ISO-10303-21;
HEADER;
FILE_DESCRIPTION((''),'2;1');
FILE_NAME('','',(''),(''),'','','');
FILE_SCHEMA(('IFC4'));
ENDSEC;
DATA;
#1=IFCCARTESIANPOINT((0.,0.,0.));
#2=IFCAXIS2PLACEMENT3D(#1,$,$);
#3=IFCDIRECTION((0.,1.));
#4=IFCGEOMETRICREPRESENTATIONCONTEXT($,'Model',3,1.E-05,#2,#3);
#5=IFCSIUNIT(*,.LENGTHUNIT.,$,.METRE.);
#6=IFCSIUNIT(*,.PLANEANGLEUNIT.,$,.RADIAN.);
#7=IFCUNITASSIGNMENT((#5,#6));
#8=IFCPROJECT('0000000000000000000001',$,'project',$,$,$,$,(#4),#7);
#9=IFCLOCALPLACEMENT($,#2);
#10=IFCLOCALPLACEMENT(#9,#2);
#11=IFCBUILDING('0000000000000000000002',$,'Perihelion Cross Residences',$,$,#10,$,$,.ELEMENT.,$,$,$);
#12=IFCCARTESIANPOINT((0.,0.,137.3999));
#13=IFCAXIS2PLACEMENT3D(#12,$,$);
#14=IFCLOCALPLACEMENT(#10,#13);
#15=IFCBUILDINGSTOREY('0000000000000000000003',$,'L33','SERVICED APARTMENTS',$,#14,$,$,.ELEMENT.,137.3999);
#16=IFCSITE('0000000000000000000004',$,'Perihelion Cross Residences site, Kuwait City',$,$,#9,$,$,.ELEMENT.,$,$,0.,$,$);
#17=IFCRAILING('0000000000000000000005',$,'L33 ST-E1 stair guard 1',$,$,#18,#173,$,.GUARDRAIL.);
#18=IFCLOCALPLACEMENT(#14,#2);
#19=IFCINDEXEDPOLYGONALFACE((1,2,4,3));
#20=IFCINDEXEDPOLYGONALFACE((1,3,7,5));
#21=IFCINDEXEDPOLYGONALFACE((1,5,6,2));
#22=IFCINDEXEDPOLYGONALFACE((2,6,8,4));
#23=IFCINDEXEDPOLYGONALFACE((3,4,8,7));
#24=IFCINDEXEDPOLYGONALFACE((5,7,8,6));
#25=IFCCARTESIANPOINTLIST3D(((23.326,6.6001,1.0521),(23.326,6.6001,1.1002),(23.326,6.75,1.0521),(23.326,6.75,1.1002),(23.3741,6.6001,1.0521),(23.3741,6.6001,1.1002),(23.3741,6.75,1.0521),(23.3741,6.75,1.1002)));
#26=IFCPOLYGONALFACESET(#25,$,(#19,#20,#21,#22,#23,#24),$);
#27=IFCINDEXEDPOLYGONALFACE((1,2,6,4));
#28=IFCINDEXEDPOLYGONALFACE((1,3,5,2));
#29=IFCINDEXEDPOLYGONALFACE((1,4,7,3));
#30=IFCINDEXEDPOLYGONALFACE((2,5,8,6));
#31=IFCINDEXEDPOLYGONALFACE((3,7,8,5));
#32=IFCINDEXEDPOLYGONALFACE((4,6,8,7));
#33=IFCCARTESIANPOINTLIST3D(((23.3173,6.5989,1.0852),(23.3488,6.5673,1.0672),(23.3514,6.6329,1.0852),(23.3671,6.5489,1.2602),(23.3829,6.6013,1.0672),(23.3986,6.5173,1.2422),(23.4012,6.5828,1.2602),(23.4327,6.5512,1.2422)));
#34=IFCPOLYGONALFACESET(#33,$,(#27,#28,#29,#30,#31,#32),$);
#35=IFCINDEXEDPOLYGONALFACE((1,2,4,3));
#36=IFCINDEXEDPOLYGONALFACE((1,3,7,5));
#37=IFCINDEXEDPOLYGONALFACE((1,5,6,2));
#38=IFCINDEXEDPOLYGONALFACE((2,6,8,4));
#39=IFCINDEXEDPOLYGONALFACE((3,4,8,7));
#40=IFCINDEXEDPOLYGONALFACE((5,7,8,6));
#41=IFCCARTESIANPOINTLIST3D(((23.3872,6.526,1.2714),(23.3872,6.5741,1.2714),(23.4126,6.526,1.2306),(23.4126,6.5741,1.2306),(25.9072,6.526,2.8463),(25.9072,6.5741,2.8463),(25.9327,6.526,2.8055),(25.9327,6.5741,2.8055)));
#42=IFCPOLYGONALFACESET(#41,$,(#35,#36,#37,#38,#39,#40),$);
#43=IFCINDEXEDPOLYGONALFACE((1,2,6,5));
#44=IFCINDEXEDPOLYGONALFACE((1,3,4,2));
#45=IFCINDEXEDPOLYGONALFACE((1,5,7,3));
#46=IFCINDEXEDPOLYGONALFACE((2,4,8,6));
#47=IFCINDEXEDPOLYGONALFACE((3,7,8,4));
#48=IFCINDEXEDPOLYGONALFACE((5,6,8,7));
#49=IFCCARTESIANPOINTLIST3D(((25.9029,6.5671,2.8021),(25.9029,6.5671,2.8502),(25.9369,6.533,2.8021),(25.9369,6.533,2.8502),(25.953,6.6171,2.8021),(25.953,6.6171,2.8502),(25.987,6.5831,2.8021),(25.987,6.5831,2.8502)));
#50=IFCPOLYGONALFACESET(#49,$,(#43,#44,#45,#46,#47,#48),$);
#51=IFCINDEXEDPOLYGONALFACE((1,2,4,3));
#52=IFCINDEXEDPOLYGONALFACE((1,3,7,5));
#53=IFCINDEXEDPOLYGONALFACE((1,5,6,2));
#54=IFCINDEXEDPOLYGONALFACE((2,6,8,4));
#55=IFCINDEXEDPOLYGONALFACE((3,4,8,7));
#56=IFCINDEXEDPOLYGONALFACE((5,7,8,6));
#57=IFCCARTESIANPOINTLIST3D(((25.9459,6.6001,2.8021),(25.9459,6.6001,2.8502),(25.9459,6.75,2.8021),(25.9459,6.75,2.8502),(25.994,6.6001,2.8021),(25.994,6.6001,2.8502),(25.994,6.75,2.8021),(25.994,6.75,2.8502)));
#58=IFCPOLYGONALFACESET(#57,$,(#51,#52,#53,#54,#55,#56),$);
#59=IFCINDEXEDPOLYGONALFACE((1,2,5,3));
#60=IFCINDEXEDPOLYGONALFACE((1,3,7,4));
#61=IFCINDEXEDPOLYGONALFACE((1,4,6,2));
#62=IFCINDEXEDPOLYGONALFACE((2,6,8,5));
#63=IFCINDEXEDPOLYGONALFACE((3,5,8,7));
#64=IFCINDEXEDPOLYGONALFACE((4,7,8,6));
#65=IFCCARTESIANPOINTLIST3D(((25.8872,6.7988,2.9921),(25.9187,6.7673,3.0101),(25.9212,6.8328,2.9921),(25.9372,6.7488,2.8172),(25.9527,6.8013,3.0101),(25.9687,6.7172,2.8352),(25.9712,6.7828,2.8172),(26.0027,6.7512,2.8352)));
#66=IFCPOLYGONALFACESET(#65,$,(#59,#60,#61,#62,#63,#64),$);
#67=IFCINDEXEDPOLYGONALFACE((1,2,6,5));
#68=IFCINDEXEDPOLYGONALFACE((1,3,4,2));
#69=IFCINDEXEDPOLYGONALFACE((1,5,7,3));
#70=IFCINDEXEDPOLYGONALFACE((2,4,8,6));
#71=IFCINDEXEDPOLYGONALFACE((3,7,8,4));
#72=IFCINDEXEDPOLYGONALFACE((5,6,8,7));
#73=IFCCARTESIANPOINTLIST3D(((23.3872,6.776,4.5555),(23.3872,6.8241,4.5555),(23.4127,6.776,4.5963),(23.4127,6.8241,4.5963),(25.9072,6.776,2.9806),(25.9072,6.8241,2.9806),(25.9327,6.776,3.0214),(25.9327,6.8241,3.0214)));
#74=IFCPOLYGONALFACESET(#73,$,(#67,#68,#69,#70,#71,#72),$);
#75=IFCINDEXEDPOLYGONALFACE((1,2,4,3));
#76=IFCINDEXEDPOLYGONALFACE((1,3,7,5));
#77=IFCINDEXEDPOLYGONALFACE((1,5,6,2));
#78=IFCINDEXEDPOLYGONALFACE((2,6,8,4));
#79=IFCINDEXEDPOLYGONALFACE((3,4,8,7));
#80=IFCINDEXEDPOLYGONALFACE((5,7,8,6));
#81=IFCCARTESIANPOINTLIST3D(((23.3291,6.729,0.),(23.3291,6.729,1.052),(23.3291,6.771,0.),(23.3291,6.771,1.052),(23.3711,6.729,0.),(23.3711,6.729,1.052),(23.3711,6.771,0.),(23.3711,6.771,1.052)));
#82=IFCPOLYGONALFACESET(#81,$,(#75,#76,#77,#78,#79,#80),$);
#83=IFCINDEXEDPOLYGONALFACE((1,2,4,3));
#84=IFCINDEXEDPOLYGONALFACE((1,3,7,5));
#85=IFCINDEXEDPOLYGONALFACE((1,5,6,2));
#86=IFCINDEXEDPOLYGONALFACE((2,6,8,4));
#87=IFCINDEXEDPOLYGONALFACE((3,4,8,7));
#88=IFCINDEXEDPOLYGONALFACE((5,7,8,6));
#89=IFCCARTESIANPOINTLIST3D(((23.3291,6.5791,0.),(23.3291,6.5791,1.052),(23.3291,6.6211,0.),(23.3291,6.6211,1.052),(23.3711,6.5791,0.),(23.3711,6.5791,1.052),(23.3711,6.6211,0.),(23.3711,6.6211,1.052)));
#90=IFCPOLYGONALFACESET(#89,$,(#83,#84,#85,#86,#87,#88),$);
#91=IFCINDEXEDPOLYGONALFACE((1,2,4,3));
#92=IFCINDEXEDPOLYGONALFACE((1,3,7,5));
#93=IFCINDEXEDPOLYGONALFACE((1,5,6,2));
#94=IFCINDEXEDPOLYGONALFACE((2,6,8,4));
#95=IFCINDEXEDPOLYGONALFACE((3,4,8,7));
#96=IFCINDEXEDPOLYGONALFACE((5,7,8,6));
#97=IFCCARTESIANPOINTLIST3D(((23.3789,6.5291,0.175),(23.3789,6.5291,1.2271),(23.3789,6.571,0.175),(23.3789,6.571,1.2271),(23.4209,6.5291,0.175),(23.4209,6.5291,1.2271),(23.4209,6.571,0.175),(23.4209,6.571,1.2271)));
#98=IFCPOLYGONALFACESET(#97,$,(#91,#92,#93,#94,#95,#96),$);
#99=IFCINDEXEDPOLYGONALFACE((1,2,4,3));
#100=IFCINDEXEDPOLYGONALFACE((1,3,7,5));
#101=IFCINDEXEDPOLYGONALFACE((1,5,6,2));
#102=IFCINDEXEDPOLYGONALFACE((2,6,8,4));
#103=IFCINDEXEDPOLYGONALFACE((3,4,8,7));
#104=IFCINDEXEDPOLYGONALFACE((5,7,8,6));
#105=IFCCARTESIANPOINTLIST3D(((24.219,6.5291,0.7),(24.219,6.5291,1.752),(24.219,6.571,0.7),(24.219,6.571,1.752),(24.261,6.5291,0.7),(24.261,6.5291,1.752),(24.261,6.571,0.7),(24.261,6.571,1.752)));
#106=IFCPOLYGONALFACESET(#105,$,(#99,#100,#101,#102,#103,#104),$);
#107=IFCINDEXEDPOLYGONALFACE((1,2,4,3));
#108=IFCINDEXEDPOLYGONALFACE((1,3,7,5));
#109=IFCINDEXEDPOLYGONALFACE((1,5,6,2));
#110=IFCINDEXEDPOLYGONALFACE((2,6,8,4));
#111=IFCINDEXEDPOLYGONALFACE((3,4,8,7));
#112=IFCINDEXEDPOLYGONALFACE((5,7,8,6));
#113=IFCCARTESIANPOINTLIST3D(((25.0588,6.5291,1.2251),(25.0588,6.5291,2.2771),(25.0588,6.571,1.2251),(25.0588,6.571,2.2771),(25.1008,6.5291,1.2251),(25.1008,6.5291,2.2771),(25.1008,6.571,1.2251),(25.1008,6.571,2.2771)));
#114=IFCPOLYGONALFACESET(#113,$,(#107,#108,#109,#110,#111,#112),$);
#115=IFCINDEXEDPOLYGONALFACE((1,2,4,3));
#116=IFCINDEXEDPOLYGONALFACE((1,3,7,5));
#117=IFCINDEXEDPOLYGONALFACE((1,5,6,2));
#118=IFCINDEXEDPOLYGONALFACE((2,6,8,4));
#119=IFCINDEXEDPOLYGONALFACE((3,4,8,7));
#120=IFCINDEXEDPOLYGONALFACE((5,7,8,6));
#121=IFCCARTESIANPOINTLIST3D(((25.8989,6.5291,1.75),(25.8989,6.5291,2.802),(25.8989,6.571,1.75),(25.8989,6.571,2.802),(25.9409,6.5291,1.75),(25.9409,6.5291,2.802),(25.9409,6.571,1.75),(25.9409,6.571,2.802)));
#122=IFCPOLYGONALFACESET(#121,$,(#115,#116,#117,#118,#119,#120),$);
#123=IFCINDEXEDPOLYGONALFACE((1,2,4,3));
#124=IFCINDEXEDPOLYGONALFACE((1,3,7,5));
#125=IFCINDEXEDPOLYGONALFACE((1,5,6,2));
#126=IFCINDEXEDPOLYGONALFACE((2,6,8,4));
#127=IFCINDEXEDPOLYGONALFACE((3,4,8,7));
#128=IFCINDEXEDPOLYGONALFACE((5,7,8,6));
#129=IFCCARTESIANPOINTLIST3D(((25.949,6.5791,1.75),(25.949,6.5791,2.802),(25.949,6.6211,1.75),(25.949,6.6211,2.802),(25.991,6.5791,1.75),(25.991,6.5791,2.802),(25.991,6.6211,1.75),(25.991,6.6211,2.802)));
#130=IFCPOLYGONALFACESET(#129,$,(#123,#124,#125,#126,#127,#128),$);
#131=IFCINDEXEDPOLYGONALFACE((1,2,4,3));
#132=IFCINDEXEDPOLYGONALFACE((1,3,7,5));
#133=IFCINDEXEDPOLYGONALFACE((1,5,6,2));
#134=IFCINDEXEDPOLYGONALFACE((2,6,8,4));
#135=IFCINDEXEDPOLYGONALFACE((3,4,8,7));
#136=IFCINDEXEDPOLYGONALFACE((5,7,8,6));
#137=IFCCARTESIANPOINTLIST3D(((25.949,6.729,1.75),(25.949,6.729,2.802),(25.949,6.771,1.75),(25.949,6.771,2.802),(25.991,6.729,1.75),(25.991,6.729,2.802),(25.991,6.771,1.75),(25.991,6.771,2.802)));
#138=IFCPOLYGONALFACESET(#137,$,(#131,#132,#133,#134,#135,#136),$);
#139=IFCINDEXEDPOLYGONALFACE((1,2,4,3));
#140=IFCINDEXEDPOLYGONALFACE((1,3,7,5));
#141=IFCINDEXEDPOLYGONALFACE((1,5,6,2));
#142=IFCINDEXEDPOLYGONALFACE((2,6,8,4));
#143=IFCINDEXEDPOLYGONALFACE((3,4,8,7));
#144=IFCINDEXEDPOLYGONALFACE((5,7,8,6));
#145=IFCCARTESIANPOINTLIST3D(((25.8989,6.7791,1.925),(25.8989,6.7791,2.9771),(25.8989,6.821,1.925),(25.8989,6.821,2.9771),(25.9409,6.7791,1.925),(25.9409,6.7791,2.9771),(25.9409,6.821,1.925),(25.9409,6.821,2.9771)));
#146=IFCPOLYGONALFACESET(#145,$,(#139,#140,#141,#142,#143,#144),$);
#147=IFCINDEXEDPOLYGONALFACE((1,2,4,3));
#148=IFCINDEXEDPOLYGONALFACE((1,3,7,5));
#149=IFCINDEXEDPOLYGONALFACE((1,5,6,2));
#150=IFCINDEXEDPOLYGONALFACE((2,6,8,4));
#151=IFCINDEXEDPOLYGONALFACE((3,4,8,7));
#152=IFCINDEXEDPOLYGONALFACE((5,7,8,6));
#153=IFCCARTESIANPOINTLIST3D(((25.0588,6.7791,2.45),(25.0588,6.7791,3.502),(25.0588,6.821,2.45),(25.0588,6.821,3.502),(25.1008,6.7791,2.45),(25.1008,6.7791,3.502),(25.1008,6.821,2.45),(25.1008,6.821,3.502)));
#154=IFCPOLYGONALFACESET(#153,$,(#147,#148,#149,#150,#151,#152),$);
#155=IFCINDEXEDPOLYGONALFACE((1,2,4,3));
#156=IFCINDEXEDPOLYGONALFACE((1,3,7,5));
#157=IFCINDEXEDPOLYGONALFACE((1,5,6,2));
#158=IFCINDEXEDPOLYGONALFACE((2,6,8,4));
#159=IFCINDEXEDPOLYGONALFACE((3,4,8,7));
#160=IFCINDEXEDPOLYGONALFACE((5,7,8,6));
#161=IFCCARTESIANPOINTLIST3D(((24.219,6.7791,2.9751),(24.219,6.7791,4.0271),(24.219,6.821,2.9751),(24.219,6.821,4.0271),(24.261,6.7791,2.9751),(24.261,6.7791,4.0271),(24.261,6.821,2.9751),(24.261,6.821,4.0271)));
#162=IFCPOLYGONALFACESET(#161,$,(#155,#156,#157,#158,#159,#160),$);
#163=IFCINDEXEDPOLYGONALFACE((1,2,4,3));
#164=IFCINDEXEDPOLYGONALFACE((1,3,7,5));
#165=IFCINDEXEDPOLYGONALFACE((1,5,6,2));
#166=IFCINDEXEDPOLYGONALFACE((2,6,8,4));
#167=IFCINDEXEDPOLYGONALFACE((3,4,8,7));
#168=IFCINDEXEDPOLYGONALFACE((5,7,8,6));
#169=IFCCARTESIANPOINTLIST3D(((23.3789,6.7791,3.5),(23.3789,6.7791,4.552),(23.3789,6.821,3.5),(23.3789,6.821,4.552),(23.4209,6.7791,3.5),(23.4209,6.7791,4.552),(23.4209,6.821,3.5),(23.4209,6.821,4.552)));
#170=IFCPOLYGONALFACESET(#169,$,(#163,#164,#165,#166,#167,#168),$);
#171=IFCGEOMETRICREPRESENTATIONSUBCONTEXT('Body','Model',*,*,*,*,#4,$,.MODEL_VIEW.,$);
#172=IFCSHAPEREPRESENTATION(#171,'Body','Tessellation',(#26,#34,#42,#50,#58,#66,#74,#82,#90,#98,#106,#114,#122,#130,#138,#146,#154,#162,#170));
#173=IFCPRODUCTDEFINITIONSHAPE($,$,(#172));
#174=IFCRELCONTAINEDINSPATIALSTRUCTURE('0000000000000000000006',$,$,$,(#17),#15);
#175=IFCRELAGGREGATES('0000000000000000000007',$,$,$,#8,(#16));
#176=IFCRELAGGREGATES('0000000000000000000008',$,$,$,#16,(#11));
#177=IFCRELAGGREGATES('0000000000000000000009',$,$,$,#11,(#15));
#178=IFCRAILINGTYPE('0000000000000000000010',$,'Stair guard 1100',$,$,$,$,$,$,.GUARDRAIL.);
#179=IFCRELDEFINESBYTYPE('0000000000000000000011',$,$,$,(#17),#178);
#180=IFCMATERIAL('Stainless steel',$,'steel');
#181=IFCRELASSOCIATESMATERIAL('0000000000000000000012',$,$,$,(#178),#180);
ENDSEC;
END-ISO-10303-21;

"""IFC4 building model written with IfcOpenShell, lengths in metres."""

from ifc_helpers import new_model, si_unit, direction, frame, origin, origin_2d, place, context, subcontext, project, spatial, rectangle, extrude, material, type_object, element, save


model = new_model("IFC4")

# Units and contexts
model_context = context("Model", 3, precision=1e-05, world=origin(), true_north=direction((0.0, 1.0)))
body_context = subcontext(model_context, "Body", "Model", "MODEL_VIEW")
ifc_project = project(units=[si_unit("LENGTHUNIT", "METRE"), si_unit("PLANEANGLEUNIT", "RADIAN")], contexts=[model_context])

# Site, building, storey
site_placement = place(None, origin())
site = spatial("IfcSite", under=ifc_project, at=site_placement, Name="Perihelion Cross Residences site, Kuwait City", CompositionType="ELEMENT", RefElevation=0.0)
building_placement = place(site_placement, origin())
building = spatial("IfcBuilding", under=site, at=building_placement, Name="Perihelion Cross Residences", CompositionType="ELEMENT")
storey_placement = place(building_placement, frame((0.0, 0.0, 137.3999)))
storey = spatial("IfcBuildingStorey", under=building, at=storey_placement, Name="L33", Description="SERVICED APARTMENTS", CompositionType="ELEMENT", Elevation=137.3999)

# Railing
ifc_material_1 = material(Name="Stainless steel", Category="steel")
railing_type_1 = type_object("IfcRailingType", Name="Stair guard 1100", PredefinedType="GUARDRAIL", material=ifc_material_1)
railing_1_placement = place(storey_placement, frame((23.3501, 6.75, 0.0)))
element("IfcRailing", 1, at=railing_1_placement, inside=storey, type_object=railing_type_1, Name="L33 ST-E1 stair guard 1", PredefinedType="GUARDRAIL", context=body_context, shape_type="SweptSolid", body=[
    extrude(rectangle(XDim=0.0481, YDim=0.0481, at=origin_2d()), frame((0.0, 0.0, 1.0762), z_axis=(0.0, -1.0, 0.0), x_axis=(1.0, 0.0, 0.0)), (0.0, 0.0, 1.0), 0.1499),
    extrude(rectangle(XDim=0.0481, YDim=0.0481, at=origin_2d()), frame((0.0, -0.1499, 1.0762), z_axis=(0.263862, -0.265156, 0.927399), x_axis=(0.708834, 0.705376, 0.0)), (0.0, 0.0, 1.0), 0.1887),
    extrude(rectangle(XDim=0.0481, YDim=0.0481, at=origin_2d()), frame((0.0498, -0.2, 1.251), z_axis=(0.848008, 0.0, 0.529984), x_axis=(0.0, 1.0, 0.0)), (0.0, 0.0, 1.0), 2.9717),
    extrude(rectangle(XDim=0.0481, YDim=0.0481, at=origin_2d()), frame((2.5698, -0.2, 2.8262), z_axis=(0.707107, 0.707107, 0.0), x_axis=(-0.707107, 0.707107, 0.0)), (0.0, 0.0, 1.0), 0.0708),
    extrude(rectangle(XDim=0.0481, YDim=0.0481, at=origin_2d()), frame((2.6199, -0.1499, 2.8262), z_axis=(0.0, 1.0, 0.0), x_axis=(-1.0, 0.0, 0.0)), (0.0, 0.0, 1.0), 0.1499),
    extrude(rectangle(XDim=0.0481, YDim=0.0481, at=origin_2d()), frame((2.6199, 0.0, 2.8262), z_axis=(-0.265065, 0.265065, 0.927082), x_axis=(-0.707107, -0.707107, 0.0)), (0.0, 0.0, 1.0), 0.1887),
    extrude(rectangle(XDim=0.0481, YDim=0.0481, at=origin_2d()), frame((2.5698, 0.05, 3.001), z_axis=(-0.848008, 0.0, 0.529984), x_axis=(0.0, -1.0, 0.0)), (0.0, 0.0, 1.0), 2.9717),
    extrude(rectangle(XDim=0.042, YDim=0.042, at=origin_2d()), origin(), (0.0, 0.0, 1.0), 1.052),
    extrude(rectangle(XDim=0.042, YDim=0.042, at=origin_2d()), frame((0.0, -0.1499, 0.0)), (0.0, 0.0, 1.0), 1.052),
    extrude(rectangle(XDim=0.042, YDim=0.042, at=origin_2d()), frame((0.0498, -0.2, 0.175)), (0.0, 0.0, 1.0), 1.052),
    extrude(rectangle(XDim=0.042, YDim=0.042, at=origin_2d()), frame((0.8899, -0.2, 0.7)), (0.0, 0.0, 1.0), 1.052),
    extrude(rectangle(XDim=0.042, YDim=0.042, at=origin_2d()), frame((1.7297, -0.2, 1.2251)), (0.0, 0.0, 1.0), 1.052),
    extrude(rectangle(XDim=0.042, YDim=0.042, at=origin_2d()), frame((2.5698, -0.2, 1.75)), (0.0, 0.0, 1.0), 1.052),
    extrude(rectangle(XDim=0.042, YDim=0.042, at=origin_2d()), frame((2.6199, -0.1499, 1.75)), (0.0, 0.0, 1.0), 1.052),
    extrude(rectangle(XDim=0.042, YDim=0.042, at=origin_2d()), frame((2.6199, 0.0, 1.75)), (0.0, 0.0, 1.0), 1.052),
    extrude(rectangle(XDim=0.042, YDim=0.042, at=origin_2d()), frame((2.5698, 0.05, 1.925)), (0.0, 0.0, 1.0), 1.052),
    extrude(rectangle(XDim=0.042, YDim=0.042, at=origin_2d()), frame((1.7297, 0.05, 2.45)), (0.0, 0.0, 1.0), 1.052),
    extrude(rectangle(XDim=0.042, YDim=0.042, at=origin_2d()), frame((0.8899, 0.05, 2.9751)), (0.0, 0.0, 1.0), 1.052),
    extrude(rectangle(XDim=0.042, YDim=0.042, at=origin_2d()), frame((0.0498, 0.05, 3.5)), (0.0, 0.0, 1.0), 1.052),
])

save(model, "model.ifc")
